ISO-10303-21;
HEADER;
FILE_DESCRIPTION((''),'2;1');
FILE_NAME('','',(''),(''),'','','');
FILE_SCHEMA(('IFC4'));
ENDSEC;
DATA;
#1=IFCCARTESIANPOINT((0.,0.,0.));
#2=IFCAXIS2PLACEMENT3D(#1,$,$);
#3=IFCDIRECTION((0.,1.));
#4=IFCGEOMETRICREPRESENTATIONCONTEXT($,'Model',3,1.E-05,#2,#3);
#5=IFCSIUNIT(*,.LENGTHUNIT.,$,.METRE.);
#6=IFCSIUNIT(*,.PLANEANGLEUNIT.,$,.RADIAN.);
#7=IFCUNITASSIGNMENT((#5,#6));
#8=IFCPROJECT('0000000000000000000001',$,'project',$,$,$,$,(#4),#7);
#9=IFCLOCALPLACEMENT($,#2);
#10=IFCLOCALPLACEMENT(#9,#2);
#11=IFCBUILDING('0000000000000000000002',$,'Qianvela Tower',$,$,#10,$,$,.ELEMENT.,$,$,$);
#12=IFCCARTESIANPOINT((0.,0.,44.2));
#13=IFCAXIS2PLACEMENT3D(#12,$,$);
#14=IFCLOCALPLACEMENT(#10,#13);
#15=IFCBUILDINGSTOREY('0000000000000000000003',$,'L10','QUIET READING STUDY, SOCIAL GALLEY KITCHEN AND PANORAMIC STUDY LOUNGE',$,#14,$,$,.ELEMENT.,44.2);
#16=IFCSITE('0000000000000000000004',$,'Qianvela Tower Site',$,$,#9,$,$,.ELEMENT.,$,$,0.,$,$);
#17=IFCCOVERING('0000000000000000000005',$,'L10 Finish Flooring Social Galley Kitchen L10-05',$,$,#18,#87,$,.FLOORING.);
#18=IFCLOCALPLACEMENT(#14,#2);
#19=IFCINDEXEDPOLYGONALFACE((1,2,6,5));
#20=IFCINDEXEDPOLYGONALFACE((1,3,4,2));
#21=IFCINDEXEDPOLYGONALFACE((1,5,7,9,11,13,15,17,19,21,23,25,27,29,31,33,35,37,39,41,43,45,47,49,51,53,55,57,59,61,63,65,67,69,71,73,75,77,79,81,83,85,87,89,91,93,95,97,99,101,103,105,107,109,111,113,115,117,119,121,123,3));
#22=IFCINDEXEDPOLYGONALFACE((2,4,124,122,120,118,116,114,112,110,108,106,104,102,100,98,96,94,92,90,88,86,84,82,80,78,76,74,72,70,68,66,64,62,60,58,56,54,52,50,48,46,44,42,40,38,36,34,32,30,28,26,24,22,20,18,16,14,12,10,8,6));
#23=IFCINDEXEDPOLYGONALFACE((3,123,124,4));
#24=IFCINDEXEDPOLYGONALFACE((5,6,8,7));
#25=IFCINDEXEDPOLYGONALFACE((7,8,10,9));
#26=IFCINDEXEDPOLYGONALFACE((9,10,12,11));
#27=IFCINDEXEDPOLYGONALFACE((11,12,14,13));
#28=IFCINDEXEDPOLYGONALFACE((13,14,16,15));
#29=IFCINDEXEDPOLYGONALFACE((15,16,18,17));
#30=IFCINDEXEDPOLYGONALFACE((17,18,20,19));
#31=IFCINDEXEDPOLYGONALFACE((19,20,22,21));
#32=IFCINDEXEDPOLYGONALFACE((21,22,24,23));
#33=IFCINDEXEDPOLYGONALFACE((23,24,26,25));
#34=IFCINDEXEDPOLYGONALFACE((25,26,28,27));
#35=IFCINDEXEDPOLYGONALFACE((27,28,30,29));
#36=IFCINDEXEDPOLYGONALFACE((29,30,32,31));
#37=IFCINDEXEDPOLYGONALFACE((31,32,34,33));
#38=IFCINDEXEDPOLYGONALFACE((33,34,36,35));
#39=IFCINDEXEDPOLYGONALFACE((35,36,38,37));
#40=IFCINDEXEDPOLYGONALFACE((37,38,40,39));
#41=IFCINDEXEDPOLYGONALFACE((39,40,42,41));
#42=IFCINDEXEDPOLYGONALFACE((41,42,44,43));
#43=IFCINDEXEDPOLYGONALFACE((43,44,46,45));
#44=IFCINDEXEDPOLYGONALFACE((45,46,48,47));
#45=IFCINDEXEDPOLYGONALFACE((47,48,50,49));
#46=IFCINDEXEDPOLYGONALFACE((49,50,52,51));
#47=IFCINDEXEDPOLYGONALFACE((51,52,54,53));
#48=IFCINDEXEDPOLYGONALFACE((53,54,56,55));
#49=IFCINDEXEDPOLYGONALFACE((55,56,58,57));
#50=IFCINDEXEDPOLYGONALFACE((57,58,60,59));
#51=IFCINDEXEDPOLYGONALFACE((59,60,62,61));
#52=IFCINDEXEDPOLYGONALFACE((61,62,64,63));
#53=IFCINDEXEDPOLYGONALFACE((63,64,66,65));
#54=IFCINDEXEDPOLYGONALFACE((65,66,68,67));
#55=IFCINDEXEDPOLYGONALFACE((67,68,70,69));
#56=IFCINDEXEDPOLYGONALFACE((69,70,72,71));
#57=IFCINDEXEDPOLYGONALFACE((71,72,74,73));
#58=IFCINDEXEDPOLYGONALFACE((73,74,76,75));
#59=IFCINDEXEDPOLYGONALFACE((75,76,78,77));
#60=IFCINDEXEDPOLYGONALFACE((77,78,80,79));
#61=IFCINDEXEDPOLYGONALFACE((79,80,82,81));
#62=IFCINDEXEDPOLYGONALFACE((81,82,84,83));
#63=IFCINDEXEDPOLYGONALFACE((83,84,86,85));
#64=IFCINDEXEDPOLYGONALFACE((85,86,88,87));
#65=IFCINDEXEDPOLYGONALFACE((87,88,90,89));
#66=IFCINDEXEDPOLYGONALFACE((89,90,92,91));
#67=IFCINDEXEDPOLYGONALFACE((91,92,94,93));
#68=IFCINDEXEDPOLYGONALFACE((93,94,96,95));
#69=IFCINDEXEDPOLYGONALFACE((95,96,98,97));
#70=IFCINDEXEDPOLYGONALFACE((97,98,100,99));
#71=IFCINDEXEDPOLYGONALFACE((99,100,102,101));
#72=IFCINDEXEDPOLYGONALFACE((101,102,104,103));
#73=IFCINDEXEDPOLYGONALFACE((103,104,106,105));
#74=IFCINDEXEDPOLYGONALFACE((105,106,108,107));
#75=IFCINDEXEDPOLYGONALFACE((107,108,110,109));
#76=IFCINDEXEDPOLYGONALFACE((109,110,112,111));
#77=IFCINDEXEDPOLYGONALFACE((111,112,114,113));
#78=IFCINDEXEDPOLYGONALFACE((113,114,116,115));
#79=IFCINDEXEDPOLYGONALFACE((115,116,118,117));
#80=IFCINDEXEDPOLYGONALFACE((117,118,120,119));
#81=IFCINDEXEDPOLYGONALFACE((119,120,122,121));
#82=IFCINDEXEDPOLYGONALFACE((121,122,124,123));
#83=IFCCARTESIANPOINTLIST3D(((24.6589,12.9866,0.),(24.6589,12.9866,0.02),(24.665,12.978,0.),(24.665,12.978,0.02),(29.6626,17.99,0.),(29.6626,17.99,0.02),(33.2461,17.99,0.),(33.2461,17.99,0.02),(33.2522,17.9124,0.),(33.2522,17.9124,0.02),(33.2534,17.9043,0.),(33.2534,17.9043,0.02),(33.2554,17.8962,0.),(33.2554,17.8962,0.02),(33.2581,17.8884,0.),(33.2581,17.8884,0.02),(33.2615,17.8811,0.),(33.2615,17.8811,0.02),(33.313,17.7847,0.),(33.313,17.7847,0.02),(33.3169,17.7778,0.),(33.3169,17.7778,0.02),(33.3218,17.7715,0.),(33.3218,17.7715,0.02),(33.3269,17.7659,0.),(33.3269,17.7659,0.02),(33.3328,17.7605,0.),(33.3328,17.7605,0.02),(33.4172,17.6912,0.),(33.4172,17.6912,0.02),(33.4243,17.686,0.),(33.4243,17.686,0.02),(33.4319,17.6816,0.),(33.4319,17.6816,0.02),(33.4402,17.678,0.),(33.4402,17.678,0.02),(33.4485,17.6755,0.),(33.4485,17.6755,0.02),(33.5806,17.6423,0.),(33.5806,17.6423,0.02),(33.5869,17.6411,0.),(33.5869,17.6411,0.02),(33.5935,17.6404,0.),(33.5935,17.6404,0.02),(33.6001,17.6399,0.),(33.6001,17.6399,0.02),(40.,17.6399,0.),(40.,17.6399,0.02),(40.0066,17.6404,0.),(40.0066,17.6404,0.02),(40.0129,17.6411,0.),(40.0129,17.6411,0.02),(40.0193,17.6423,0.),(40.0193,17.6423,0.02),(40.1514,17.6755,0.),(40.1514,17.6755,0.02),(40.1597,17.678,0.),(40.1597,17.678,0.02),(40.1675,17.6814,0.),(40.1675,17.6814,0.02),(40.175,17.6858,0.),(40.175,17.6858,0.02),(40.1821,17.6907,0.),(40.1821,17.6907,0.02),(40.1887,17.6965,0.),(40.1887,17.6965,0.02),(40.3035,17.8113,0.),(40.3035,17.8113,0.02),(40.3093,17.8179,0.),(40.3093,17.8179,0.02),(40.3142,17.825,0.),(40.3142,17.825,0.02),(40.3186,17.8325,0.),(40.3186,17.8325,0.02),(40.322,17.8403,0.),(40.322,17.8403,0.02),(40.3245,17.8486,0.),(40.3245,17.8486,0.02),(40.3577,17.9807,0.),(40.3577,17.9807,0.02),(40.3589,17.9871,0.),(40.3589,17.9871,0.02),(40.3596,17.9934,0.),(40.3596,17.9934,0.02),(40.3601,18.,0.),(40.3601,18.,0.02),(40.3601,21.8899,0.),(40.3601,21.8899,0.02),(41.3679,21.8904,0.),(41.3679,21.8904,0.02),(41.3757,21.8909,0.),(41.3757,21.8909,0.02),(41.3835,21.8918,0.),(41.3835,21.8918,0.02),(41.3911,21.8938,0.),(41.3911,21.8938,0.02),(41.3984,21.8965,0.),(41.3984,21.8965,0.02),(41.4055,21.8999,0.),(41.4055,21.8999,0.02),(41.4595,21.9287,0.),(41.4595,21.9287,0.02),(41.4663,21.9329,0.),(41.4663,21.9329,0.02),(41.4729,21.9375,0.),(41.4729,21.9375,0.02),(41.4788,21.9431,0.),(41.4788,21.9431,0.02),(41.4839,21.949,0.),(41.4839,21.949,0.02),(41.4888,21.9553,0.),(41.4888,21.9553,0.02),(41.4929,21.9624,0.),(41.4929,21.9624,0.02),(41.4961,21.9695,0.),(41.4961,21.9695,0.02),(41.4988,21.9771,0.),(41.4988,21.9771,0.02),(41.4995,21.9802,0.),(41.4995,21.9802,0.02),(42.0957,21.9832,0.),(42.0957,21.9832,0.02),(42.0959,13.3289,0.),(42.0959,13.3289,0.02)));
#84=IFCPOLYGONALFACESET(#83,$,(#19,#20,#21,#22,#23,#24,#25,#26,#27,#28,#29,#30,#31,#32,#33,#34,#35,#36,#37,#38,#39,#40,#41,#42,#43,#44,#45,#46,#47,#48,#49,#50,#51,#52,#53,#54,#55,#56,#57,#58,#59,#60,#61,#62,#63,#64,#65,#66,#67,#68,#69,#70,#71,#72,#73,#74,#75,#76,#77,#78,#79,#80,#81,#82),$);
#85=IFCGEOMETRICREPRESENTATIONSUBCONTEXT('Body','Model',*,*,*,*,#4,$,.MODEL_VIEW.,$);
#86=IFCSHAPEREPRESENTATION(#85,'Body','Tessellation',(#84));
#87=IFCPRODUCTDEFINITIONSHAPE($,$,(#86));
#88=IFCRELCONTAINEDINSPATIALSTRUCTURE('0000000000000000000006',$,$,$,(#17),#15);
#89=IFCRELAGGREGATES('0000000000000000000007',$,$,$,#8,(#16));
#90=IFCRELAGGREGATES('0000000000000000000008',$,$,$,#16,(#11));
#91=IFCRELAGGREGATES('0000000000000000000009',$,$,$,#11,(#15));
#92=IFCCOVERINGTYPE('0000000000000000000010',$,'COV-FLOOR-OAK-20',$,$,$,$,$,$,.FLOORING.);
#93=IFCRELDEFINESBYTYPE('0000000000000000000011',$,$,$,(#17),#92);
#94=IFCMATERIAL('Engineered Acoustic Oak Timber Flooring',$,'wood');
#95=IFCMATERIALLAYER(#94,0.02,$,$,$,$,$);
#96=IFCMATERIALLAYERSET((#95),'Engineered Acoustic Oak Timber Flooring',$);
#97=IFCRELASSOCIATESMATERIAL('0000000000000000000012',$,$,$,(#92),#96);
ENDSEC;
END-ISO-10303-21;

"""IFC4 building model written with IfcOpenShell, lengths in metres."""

from ifc_helpers import new_model, si_unit, direction, frame, origin, place, context, subcontext, project, spatial, polyline, outline, extrude, material, layer, layer_set, type_object, element, save


model = new_model("IFC4")

# Units and contexts
model_context = context("Model", 3, precision=1e-05, world=origin(), true_north=direction((0.0, 1.0)))
body_context = subcontext(model_context, "Body", "Model", "MODEL_VIEW")
ifc_project = project(units=[si_unit("LENGTHUNIT", "METRE"), si_unit("PLANEANGLEUNIT", "RADIAN")], contexts=[model_context])

# Site, building, storey
site_placement = place(None, origin())
site = spatial("IfcSite", under=ifc_project, at=site_placement, Name="Qianvela Tower Site", CompositionType="ELEMENT", RefElevation=0.0)
building_placement = place(site_placement, origin())
building = spatial("IfcBuilding", under=site, at=building_placement, Name="Qianvela Tower", CompositionType="ELEMENT")
storey_placement = place(building_placement, frame((0.0, 0.0, 44.2)))
storey = spatial("IfcBuildingStorey", under=building, at=storey_placement, Name="L10", Description="QUIET READING STUDY, SOCIAL GALLEY KITCHEN AND PANORAMIC STUDY LOUNGE", CompositionType="ELEMENT", Elevation=44.2)

# Covering
ifc_material_1 = material(Name="Engineered Acoustic Oak Timber Flooring", Category="wood")
ifc_layer_1 = layer(ifc_material_1, 0.02)
ifc_layer_set_1 = layer_set([ifc_layer_1], Name="Engineered Acoustic Oak Timber Flooring")
covering_type_1 = type_object("IfcCoveringType", Name="COV-FLOOR-OAK-20", PredefinedType="FLOORING", material=ifc_layer_set_1)
covering_1_placement = place(storey_placement, origin())
element("IfcCovering", 1, at=covering_1_placement, inside=storey, type_object=covering_type_1, Name="L10 Finish Flooring Social Galley Kitchen L10-05", PredefinedType="FLOORING", context=body_context, shape_type="SweptSolid", body=[
    extrude(outline(polyline([(33.2461, 17.99), (33.2522, 17.9124), (33.2534, 17.9043), (33.2554, 17.8962), (33.2581, 17.8884), (33.2615, 17.8811), (33.313, 17.7847), (33.3169, 17.7778), (33.3218, 17.7715), (33.3269, 17.7659), (33.3328, 17.7605), (33.4172, 17.6912), (33.4243, 17.686), (33.4319, 17.6816), (33.4402, 17.678), (33.4485, 17.6755), (33.5806, 17.6423), (33.5869, 17.6411), (33.5935, 17.6404), (33.6001, 17.6399), (40.0, 17.6399), (40.0066, 17.6404), (40.0129, 17.6411), (40.0193, 17.6423), (40.1514, 17.6755), (40.1597, 17.678), (40.1675, 17.6814), (40.175, 17.6858), (40.1821, 17.6907), (40.1887, 17.6965), (40.3035, 17.8113), (40.3093, 17.8179), (40.3142, 17.825), (40.3186, 17.8325), (40.322, 17.8403), (40.3245, 17.8486), (40.3577, 17.9807), (40.3589, 17.9871), (40.3596, 17.9934), (40.3601, 18.0), (40.3601, 21.8899), (41.3679, 21.8904), (41.3757, 21.8909), (41.3835, 21.8918), (41.3911, 21.8938), (41.3984, 21.8965), (41.4055, 21.8999), (41.4595, 21.9287), (41.4663, 21.9329), (41.4729, 21.9375), (41.4788, 21.9431), (41.4839, 21.949), (41.4888, 21.9553), (41.4929, 21.9624), (41.4961, 21.9695), (41.4988, 21.9771), (41.4995, 21.9802), (42.0957, 21.9832), (42.0959, 13.3289), (24.665, 12.978), (24.6589, 12.9866), (29.6626, 17.99), (33.2461, 17.99)])), origin(), (0.0, 0.0, 1.0), 0.02),
])

save(model, "model.ifc")
